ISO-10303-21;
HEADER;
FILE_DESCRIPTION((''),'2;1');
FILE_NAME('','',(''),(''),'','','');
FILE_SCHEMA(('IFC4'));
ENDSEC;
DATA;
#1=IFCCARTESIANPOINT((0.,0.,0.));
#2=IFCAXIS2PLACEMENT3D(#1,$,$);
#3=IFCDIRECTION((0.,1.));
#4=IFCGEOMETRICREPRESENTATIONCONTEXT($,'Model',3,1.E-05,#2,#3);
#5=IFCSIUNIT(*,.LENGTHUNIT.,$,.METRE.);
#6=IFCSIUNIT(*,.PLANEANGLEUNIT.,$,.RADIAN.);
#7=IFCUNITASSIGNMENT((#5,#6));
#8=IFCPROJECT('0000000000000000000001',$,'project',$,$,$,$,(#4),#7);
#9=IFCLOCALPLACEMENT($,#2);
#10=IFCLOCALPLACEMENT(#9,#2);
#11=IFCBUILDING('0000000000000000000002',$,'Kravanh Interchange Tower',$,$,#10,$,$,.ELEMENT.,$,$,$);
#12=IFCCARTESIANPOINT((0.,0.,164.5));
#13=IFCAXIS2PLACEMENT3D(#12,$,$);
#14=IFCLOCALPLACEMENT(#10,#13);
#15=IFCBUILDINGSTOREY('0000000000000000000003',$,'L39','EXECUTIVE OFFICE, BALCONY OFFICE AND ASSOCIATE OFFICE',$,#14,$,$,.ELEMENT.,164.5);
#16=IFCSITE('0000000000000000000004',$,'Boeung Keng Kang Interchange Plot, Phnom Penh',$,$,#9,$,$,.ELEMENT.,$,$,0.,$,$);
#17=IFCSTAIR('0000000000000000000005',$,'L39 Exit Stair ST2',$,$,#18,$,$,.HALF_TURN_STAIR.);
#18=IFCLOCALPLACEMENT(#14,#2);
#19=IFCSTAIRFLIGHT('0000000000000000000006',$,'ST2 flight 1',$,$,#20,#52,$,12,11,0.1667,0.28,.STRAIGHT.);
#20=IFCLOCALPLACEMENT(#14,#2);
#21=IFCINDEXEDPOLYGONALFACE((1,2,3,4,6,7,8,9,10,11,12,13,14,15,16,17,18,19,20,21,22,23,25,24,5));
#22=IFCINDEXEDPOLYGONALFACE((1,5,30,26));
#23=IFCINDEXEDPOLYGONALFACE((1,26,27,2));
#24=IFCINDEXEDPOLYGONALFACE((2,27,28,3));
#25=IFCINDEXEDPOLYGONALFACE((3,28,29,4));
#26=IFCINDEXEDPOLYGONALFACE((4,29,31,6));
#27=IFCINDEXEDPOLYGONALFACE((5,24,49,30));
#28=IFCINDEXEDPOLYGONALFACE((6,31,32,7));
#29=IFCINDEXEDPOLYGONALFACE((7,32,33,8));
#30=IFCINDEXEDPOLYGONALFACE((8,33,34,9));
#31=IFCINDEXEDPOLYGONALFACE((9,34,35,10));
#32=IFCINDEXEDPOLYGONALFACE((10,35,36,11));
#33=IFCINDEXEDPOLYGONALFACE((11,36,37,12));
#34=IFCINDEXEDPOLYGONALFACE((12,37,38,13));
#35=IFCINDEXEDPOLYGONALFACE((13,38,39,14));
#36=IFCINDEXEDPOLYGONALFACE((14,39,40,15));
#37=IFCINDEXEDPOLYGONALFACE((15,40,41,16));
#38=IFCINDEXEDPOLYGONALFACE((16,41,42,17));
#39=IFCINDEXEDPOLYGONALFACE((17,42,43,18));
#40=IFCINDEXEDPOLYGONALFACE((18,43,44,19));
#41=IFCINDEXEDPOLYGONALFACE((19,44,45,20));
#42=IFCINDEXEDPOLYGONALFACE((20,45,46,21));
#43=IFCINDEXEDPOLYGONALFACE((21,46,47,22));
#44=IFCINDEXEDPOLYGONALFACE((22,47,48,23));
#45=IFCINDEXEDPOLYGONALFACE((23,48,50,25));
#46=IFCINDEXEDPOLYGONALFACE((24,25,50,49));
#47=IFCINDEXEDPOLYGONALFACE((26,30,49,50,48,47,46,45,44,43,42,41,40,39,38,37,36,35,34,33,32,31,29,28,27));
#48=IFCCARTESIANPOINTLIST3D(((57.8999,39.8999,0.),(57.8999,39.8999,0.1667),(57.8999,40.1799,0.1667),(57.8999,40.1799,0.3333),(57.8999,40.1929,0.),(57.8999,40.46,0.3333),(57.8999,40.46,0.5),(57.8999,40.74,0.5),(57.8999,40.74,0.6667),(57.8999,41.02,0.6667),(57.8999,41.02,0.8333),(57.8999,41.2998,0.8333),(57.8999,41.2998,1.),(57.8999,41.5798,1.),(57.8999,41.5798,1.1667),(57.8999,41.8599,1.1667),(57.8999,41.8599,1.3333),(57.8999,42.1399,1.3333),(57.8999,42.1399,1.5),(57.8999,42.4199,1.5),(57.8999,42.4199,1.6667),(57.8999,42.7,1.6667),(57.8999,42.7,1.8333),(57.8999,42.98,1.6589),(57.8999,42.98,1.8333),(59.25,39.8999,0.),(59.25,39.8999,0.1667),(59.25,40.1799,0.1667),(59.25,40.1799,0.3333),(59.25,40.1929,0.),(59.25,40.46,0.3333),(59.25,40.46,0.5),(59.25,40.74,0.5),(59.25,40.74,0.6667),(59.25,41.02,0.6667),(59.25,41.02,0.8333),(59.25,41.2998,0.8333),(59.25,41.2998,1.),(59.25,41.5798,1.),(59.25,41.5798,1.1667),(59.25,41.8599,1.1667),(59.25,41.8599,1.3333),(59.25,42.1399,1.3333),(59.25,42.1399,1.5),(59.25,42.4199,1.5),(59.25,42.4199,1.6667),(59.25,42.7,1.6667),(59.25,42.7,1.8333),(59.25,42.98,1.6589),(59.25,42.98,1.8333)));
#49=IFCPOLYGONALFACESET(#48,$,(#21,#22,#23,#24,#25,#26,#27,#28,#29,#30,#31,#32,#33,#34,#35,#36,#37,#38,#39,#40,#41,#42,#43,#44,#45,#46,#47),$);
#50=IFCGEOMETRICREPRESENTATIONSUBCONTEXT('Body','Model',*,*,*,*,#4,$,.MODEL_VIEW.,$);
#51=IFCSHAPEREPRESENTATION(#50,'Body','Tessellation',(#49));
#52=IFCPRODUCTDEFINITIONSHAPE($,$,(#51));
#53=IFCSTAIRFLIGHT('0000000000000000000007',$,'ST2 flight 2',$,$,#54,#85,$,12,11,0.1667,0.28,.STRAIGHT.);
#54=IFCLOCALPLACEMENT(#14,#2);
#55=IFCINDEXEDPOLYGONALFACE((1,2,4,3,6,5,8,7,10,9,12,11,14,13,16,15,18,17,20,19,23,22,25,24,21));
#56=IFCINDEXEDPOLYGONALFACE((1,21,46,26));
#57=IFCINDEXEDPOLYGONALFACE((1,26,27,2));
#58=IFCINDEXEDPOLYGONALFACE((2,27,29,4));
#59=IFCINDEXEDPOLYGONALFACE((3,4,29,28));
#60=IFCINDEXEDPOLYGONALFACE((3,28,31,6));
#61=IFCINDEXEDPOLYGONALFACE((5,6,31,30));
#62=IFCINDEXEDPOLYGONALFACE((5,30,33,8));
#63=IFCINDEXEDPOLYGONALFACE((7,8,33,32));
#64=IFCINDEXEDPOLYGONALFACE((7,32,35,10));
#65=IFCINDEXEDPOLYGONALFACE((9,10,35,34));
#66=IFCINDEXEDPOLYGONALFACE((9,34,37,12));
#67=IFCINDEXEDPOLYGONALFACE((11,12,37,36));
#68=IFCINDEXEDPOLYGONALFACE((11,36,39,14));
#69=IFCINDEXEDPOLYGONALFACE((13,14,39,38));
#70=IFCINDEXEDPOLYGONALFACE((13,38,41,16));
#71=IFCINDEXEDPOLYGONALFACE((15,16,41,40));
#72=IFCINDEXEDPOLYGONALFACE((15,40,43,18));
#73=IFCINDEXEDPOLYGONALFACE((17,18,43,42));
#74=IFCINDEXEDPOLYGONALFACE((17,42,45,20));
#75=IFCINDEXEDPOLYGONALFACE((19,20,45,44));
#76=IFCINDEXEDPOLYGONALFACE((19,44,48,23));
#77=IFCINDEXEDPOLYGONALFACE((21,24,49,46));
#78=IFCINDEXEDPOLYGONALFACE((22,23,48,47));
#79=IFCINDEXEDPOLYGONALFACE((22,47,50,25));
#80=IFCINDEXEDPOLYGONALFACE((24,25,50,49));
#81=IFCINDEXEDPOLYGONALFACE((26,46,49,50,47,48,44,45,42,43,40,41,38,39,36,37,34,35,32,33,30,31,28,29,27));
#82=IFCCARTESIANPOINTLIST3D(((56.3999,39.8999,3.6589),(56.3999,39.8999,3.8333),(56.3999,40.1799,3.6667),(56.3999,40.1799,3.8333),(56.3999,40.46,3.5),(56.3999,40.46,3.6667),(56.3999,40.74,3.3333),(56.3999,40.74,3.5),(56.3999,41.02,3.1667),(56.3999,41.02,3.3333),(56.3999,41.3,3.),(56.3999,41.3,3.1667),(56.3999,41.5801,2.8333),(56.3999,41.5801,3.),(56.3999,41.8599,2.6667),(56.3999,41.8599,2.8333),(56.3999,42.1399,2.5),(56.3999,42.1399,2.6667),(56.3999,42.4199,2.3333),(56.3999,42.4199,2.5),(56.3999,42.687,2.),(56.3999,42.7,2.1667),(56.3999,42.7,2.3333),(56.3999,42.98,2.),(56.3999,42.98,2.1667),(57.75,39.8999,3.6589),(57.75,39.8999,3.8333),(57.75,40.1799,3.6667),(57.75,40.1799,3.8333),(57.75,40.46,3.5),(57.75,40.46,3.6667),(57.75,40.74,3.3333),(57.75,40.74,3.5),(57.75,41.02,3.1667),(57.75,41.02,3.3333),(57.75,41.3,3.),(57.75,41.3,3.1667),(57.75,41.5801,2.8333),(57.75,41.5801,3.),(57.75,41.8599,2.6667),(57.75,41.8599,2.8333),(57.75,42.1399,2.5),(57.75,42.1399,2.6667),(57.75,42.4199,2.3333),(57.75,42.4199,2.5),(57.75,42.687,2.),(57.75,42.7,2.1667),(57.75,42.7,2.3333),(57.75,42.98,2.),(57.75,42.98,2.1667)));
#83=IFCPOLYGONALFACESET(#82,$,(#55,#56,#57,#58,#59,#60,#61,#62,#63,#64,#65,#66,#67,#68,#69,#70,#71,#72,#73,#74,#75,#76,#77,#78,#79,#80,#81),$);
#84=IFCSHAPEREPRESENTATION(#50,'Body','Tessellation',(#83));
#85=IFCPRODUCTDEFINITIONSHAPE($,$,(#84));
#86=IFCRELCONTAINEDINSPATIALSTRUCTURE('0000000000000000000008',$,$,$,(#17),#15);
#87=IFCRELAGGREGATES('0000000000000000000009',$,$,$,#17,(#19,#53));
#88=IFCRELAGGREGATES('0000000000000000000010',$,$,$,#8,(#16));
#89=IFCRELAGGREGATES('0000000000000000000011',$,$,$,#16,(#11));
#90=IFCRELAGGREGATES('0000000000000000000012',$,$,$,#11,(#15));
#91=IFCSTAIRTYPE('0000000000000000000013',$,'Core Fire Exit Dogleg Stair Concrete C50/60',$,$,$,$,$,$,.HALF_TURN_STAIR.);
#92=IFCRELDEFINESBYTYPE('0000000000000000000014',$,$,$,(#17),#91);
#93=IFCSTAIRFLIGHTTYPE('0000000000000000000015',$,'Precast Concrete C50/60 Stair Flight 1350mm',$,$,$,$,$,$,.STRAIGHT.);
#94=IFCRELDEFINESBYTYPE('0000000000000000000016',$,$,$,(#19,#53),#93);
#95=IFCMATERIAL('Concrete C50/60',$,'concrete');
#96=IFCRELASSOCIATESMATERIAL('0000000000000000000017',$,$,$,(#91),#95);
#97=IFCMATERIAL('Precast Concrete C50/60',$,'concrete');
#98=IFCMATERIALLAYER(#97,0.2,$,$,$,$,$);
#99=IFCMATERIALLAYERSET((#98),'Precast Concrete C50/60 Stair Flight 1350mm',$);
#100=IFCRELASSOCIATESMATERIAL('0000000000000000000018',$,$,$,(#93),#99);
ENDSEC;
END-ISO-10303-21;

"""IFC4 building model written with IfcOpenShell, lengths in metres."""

from ifc_helpers import new_model, si_unit, direction, frame, origin, place, context, subcontext, project, spatial, polyline, outline, extrude, material, layer, layer_set, type_object, element, aggregate, save


model = new_model("IFC4")

# Units and contexts
model_context = context("Model", 3, precision=1e-05, world=origin(), true_north=direction((0.0, 1.0)))
body_context = subcontext(model_context, "Body", "Model", "MODEL_VIEW")
ifc_project = project(units=[si_unit("LENGTHUNIT", "METRE"), si_unit("PLANEANGLEUNIT", "RADIAN")], contexts=[model_context])

# Site, building, storey
site_placement = place(None, origin())
site = spatial("IfcSite", under=ifc_project, at=site_placement, Name="Boeung Keng Kang Interchange Plot, Phnom Penh", CompositionType="ELEMENT", RefElevation=0.0)
building_placement = place(site_placement, origin())
building = spatial("IfcBuilding", under=site, at=building_placement, Name="Kravanh Interchange Tower", CompositionType="ELEMENT")
storey_placement = place(building_placement, frame((0.0, 0.0, 164.5)))
storey = spatial("IfcBuildingStorey", under=building, at=storey_placement, Name="L39", Description="EXECUTIVE OFFICE, BALCONY OFFICE AND ASSOCIATE OFFICE", CompositionType="ELEMENT", Elevation=164.5)

# Stair, stair flights
ifc_material_1 = material(Name="Concrete C50/60", Category="concrete")
stair_type = type_object("IfcStairType", Name="Core Fire Exit Dogleg Stair Concrete C50/60", PredefinedType="HALF_TURN_STAIR", material=ifc_material_1)
ifc_material_2 = material(Name="Precast Concrete C50/60", Category="concrete")
ifc_layer_1 = layer(ifc_material_2, 0.2)
ifc_layer_set_1 = layer_set([ifc_layer_1], Name="Precast Concrete C50/60 Stair Flight 1350mm")
stair_flight_type = type_object("IfcStairFlightType", Name="Precast Concrete C50/60 Stair Flight 1350mm", PredefinedType="STRAIGHT", material=ifc_layer_set_1)
stair_1_placement = place(storey_placement, origin())
stair_1 = element("IfcStair", 1, at=stair_1_placement, inside=storey, type_object=stair_type, Name="L39 Exit Stair ST2", PredefinedType="HALF_TURN_STAIR")
stair_flight_1_placement = place(storey_placement, frame((58.575, 39.8999, 0.0), z_axis=(0.0, 0.0, 1.0), x_axis=(0.0, 1.0, 0.0)))
stair_flight_1 = element("IfcStairFlight", 2, at=stair_flight_1_placement, type_object=stair_flight_type, Name="ST2 flight 1", NumberOfRisers=12, NumberOfTreads=11, PredefinedType="STRAIGHT", RiserHeight=0.1667, TreadLength=0.28, context=body_context, shape_type="SweptSolid", body=[
    extrude(outline(polyline([(0.0, 0.0), (0.0, 0.1667), (0.28, 0.1667), (0.28, 0.3333), (0.5601, 0.3333), (0.5601, 0.5), (0.8401, 0.5), (0.8401, 0.6667), (1.1201, 0.6667), (1.1201, 0.8333), (1.3999, 0.8333), (1.3999, 1.0), (1.6799, 1.0), (1.6799, 1.1667), (1.96, 1.1667), (1.96, 1.3333), (2.24, 1.3333), (2.24, 1.5), (2.52, 1.5), (2.52, 1.6667), (2.8, 1.6667), (2.8, 1.8333), (3.0801, 1.8333), (3.0801, 2.0), (3.0801, 1.6589), (0.293, 0.0), (0.0, 0.0)])), frame((0.0, 0.675, 0.0), z_axis=(0.0, -1.0, 0.0), x_axis=(1.0, 0.0, 0.0)), (0.0, 0.0, 1.0), 1.3501),
])
stair_flight_2_placement = place(storey_placement, frame((57.075, 42.98, 2.0), z_axis=(0.0, 0.0, 1.0), x_axis=(0.0, -1.0, 0.0)))
stair_flight_2 = element("IfcStairFlight", 3, at=stair_flight_2_placement, type_object=stair_flight_type, Name="ST2 flight 2", NumberOfRisers=12, NumberOfTreads=11, PredefinedType="STRAIGHT", RiserHeight=0.1667, TreadLength=0.28, context=body_context, shape_type="SweptSolid", body=[
    extrude(outline(polyline([(0.0, 0.0), (0.0, 0.1667), (0.28, 0.1667), (0.28, 0.3333), (0.5601, 0.3333), (0.5601, 0.5), (0.8401, 0.5), (0.8401, 0.6667), (1.1201, 0.6667), (1.1201, 0.8333), (1.3999, 0.8333), (1.3999, 1.0), (1.6799, 1.0), (1.6799, 1.1667), (1.96, 1.1667), (1.96, 1.3333), (2.24, 1.3333), (2.24, 1.5), (2.52, 1.5), (2.52, 1.6667), (2.8, 1.6667), (2.8, 1.8333), (3.0801, 1.8333), (3.0801, 2.0), (3.0801, 1.6589), (0.293, 0.0), (0.0, 0.0)])), frame((0.0, 0.675, 0.0), z_axis=(0.0, -1.0, 0.0), x_axis=(1.0, 0.0, 0.0)), (0.0, 0.0, 1.0), 1.3501),
])
aggregate(stair_1, [stair_flight_1, stair_flight_2])

save(model, "model.ifc")
